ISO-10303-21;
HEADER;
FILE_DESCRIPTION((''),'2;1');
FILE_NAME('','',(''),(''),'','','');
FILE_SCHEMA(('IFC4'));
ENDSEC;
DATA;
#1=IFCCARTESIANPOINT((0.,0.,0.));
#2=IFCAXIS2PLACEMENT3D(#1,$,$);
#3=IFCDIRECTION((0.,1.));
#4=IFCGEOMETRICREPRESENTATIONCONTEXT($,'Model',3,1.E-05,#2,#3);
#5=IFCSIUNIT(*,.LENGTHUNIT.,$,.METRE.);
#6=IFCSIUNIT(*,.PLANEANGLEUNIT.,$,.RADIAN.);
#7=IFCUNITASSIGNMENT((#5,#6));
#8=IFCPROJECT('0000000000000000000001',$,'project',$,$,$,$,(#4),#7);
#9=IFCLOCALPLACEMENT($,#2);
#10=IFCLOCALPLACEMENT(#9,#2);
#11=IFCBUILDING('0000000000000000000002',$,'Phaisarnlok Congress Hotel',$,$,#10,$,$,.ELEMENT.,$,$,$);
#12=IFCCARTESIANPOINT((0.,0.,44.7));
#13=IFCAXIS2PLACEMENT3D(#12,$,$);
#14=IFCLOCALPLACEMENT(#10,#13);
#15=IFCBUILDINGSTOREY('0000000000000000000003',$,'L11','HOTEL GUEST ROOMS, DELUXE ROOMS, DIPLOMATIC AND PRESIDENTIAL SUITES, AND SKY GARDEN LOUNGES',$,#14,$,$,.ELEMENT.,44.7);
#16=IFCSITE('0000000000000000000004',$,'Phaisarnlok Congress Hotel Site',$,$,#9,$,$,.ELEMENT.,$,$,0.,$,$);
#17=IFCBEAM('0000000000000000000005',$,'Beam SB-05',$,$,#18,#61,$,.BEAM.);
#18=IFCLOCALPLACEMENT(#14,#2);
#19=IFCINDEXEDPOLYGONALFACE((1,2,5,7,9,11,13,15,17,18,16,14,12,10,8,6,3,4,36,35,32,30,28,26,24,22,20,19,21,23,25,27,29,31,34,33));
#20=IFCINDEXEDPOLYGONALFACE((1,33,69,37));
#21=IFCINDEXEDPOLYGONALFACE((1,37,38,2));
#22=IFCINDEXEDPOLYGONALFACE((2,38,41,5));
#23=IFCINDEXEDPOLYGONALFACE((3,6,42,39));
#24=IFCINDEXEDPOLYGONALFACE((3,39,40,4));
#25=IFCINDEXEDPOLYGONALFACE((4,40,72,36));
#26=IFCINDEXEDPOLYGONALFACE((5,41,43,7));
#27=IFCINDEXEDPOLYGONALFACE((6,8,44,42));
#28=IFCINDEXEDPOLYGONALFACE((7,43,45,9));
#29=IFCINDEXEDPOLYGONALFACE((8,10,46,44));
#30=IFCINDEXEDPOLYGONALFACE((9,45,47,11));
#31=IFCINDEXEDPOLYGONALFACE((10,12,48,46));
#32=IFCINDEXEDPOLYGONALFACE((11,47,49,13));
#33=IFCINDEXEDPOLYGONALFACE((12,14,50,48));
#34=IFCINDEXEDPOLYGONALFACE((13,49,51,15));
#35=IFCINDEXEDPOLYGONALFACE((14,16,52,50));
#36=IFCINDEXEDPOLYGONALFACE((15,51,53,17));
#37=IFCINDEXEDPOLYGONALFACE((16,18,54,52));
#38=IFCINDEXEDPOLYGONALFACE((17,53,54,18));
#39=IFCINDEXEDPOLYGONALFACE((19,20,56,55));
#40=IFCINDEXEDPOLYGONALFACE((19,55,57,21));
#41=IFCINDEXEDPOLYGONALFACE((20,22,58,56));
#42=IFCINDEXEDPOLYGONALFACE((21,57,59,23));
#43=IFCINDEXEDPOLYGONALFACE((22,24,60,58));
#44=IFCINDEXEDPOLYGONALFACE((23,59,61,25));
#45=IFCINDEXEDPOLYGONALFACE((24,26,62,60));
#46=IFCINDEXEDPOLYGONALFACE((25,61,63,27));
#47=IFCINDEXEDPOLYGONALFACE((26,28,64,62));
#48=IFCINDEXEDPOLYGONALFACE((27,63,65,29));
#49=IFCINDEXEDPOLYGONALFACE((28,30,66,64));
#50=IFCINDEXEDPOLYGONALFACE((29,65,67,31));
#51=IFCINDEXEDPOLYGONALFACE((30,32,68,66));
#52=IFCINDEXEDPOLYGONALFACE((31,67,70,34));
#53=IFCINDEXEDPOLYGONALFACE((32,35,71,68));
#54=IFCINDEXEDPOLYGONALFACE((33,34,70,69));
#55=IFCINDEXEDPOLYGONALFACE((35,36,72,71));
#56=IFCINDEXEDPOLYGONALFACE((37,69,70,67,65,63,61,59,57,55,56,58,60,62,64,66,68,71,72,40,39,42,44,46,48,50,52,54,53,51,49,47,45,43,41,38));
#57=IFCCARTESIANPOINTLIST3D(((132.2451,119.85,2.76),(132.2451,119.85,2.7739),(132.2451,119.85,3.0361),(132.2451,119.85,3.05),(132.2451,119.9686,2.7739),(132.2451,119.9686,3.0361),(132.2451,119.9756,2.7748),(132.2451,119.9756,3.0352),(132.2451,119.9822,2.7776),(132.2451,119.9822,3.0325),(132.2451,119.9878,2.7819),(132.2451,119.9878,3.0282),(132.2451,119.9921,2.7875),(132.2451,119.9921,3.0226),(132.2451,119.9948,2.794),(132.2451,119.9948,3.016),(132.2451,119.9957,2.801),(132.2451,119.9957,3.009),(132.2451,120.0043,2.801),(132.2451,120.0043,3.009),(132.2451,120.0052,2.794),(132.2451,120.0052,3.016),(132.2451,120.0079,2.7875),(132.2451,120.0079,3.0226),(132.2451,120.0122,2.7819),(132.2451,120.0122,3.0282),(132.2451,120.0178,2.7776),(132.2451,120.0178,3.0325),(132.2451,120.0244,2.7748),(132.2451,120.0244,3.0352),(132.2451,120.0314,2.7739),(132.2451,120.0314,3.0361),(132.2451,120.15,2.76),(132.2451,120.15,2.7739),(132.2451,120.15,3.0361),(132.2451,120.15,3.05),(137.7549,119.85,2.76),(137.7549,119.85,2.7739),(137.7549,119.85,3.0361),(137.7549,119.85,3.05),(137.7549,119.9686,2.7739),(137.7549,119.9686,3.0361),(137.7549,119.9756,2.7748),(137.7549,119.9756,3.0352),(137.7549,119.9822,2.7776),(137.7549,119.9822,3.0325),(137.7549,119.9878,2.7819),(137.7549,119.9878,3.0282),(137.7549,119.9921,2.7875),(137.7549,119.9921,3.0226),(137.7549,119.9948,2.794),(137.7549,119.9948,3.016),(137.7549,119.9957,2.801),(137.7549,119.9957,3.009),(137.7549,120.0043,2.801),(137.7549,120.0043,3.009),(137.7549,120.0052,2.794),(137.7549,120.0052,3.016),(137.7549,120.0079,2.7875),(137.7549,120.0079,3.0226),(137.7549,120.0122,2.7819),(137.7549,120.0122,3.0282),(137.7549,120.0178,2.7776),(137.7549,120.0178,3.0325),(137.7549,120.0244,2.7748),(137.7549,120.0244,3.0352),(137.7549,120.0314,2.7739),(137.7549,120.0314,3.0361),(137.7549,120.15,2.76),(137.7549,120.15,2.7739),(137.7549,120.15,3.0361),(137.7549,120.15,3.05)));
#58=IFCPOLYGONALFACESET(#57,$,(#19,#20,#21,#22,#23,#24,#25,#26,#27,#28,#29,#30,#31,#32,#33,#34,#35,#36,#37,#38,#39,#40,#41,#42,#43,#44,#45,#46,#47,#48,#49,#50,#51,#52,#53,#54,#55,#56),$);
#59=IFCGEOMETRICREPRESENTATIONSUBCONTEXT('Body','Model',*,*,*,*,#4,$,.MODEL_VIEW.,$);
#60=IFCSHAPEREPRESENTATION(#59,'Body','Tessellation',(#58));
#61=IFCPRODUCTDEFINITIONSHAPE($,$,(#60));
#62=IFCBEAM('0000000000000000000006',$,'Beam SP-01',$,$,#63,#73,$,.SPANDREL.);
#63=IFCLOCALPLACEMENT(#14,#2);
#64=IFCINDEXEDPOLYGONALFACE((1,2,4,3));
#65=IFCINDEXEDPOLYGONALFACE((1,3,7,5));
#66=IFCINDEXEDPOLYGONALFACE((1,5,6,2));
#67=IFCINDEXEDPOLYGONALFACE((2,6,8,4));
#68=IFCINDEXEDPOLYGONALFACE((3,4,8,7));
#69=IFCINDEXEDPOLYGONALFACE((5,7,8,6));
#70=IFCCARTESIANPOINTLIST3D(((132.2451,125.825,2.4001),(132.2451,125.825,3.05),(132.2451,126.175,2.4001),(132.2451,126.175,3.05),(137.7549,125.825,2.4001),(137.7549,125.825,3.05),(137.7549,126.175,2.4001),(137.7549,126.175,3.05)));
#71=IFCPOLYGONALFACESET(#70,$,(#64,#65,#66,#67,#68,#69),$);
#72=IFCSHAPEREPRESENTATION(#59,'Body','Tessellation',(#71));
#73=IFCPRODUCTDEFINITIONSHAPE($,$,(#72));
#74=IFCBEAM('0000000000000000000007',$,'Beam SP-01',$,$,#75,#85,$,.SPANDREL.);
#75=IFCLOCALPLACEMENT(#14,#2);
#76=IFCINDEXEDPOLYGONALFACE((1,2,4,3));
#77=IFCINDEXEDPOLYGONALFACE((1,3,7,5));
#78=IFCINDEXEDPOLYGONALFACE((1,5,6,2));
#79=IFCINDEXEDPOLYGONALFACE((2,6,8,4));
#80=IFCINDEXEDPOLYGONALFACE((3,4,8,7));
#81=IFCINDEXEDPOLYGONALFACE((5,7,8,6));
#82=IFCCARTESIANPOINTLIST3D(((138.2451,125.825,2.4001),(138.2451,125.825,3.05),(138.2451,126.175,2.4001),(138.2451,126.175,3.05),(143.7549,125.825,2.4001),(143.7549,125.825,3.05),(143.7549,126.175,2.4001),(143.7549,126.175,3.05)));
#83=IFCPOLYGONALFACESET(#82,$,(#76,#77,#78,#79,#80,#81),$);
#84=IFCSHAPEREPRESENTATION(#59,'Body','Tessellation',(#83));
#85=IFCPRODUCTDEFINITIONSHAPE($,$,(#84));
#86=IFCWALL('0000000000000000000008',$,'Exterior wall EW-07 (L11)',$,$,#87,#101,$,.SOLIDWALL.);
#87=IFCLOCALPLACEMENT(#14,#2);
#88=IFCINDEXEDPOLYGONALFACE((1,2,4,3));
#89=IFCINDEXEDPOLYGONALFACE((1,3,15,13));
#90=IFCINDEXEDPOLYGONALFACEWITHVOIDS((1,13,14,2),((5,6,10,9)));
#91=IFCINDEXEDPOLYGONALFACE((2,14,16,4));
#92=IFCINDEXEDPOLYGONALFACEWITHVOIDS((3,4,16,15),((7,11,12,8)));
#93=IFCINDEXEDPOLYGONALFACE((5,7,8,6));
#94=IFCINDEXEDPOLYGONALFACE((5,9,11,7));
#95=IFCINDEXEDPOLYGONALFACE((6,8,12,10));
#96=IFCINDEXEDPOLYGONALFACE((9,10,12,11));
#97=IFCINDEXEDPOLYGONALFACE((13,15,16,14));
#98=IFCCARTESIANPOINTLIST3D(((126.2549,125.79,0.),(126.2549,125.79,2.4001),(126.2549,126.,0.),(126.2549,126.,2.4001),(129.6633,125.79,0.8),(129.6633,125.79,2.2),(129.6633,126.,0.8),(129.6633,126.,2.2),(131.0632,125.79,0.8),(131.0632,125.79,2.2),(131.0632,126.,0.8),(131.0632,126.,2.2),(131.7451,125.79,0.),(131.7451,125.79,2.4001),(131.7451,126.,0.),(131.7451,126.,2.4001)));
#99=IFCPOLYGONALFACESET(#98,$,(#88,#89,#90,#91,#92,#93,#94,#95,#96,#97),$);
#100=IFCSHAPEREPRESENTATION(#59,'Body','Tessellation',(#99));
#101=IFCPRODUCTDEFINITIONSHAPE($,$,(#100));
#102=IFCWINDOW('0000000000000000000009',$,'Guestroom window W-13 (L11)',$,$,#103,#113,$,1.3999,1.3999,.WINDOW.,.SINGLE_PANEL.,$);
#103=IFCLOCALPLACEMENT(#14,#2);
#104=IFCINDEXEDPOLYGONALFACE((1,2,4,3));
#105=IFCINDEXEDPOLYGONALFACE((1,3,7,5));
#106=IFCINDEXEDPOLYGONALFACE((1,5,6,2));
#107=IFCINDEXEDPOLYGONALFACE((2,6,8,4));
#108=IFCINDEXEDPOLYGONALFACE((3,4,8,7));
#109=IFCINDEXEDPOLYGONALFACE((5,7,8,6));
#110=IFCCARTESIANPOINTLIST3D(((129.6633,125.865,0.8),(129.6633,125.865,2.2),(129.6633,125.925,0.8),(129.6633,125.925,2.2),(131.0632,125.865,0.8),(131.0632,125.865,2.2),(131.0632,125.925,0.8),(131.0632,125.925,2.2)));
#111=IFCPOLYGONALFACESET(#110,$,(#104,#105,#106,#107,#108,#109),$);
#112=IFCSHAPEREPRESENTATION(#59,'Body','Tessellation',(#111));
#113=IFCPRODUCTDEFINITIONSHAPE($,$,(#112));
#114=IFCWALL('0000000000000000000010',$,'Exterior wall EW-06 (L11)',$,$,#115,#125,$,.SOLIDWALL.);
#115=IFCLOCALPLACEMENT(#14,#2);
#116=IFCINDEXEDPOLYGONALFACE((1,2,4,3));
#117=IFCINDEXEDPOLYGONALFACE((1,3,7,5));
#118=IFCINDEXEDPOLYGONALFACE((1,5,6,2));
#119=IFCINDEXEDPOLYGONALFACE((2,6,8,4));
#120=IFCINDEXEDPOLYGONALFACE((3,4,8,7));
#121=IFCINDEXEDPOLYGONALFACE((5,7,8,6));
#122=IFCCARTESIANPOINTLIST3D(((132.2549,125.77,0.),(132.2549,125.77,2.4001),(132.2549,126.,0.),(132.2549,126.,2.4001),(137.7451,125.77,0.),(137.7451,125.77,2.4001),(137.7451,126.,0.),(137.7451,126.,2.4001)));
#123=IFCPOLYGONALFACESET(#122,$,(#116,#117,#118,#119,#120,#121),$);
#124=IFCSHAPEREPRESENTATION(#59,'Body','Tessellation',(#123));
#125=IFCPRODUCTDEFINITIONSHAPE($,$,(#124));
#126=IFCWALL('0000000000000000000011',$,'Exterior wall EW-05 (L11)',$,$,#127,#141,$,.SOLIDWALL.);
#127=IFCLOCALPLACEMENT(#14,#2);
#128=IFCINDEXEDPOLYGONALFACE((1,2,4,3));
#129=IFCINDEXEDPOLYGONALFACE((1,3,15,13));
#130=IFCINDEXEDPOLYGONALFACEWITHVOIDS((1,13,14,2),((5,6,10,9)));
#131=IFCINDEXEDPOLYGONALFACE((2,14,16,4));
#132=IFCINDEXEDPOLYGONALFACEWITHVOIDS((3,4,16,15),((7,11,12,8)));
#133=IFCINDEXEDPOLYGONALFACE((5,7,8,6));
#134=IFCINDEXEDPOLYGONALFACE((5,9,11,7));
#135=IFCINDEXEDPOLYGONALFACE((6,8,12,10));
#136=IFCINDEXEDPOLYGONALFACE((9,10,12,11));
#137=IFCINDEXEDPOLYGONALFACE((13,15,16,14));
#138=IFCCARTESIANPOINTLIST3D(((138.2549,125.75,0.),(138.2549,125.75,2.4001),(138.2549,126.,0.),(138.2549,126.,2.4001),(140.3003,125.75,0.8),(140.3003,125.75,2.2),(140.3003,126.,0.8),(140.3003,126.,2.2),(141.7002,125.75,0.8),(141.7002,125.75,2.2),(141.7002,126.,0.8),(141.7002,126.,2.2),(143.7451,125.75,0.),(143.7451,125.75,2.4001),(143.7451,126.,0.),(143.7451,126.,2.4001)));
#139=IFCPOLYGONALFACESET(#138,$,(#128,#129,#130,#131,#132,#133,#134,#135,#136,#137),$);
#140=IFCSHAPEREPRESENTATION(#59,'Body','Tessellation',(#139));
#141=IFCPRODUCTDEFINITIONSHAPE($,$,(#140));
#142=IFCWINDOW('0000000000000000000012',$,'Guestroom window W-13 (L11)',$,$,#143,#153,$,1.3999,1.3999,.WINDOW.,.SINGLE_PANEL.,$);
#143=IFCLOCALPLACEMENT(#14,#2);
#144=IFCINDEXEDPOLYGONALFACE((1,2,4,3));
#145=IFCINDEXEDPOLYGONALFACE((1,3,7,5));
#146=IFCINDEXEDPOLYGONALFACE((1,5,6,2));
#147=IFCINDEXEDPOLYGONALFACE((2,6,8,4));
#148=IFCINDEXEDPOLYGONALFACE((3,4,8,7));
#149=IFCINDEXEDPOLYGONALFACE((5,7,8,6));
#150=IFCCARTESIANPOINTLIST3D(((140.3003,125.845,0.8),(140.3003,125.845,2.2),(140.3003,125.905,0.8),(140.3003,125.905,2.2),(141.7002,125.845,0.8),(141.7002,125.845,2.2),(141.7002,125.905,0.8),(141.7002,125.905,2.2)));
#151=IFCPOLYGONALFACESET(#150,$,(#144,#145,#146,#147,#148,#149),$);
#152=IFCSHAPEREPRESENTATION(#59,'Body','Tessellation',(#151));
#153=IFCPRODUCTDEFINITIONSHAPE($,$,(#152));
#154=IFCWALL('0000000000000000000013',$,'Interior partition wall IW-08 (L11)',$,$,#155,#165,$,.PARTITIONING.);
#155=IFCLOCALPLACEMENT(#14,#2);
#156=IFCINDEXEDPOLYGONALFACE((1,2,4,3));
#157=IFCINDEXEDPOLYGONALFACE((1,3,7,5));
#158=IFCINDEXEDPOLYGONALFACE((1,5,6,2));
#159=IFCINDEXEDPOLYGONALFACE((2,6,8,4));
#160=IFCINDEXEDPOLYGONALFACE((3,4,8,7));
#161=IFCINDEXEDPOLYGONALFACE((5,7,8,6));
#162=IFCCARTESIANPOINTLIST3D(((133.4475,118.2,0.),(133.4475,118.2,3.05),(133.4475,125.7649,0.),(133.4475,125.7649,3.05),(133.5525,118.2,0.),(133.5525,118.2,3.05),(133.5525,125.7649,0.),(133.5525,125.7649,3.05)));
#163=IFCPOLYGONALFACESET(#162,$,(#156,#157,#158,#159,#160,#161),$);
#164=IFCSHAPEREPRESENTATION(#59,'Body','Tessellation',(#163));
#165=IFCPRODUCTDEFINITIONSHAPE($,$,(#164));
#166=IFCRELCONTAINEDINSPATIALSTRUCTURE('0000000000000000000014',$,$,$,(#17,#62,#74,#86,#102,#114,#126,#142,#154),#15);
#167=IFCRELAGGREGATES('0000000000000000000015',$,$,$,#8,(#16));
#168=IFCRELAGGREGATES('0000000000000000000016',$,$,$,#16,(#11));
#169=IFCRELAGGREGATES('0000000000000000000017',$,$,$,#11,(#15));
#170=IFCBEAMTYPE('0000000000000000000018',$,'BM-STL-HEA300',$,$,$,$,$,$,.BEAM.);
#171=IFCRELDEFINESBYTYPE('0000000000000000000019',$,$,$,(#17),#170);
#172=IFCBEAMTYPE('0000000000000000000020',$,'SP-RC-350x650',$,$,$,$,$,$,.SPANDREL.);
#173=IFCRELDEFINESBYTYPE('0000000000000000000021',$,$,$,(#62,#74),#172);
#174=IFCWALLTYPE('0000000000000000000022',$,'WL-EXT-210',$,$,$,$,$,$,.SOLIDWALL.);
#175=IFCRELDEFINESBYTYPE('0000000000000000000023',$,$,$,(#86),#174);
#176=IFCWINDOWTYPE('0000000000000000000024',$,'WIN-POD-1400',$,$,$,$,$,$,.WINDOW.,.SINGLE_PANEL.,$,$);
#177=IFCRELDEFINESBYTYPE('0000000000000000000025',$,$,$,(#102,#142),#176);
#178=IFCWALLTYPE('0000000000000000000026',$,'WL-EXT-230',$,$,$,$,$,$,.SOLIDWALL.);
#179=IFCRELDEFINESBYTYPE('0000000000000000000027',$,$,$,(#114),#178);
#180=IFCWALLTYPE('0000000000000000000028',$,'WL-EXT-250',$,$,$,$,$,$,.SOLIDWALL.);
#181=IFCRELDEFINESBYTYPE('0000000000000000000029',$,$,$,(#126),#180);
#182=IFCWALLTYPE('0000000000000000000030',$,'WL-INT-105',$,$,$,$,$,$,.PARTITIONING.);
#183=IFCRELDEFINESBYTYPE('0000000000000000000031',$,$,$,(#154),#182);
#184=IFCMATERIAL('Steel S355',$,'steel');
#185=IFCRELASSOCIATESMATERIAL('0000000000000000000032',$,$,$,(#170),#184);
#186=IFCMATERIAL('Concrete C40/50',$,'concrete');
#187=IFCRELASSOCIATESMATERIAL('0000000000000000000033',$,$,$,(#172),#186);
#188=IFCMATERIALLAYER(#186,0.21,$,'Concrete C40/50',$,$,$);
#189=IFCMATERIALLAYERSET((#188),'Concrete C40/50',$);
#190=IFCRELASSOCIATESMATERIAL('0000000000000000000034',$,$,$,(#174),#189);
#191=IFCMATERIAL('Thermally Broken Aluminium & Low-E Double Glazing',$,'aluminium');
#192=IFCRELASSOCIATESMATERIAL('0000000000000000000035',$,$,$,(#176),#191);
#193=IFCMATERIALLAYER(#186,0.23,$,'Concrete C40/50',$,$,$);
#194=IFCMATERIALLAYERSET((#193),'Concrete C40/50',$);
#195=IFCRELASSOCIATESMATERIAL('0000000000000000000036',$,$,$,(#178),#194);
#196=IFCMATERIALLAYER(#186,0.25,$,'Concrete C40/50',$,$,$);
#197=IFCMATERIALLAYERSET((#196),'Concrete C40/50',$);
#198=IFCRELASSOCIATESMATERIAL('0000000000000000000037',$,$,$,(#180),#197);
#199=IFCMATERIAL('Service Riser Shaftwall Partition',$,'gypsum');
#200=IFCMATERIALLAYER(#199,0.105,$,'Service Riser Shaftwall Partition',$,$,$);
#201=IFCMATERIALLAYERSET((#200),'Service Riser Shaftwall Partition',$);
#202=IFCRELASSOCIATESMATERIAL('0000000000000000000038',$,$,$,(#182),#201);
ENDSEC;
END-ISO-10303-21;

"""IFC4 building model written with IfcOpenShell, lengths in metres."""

from ifc_helpers import new_model, si_unit, direction, frame, frame_2d, origin, origin_2d, place, context, subcontext, project, spatial, rectangle, i_section, extrude, material, layer, layer_set, material_profile, profile_set, type_object, element, fill, save


model = new_model("IFC4")

# Units and contexts
model_context = context("Model", 3, precision=1e-05, world=origin(), true_north=direction((0.0, 1.0)))
body_context = subcontext(model_context, "Body", "Model", "MODEL_VIEW")
ifc_project = project(units=[si_unit("LENGTHUNIT", "METRE"), si_unit("PLANEANGLEUNIT", "RADIAN")], contexts=[model_context])

# Site, building, storey
site_placement = place(None, origin())
site = spatial("IfcSite", under=ifc_project, at=site_placement, Name="Phaisarnlok Congress Hotel Site", CompositionType="ELEMENT", RefElevation=0.0)
building_placement = place(site_placement, origin())
building = spatial("IfcBuilding", under=site, at=building_placement, Name="Phaisarnlok Congress Hotel", CompositionType="ELEMENT")
storey_placement = place(building_placement, frame((0.0, 0.0, 44.7)))
storey = spatial("IfcBuildingStorey", under=building, at=storey_placement, Name="L11", Description="HOTEL GUEST ROOMS, DELUXE ROOMS, DIPLOMATIC AND PRESIDENTIAL SUITES, AND SKY GARDEN LOUNGES", CompositionType="ELEMENT", Elevation=44.7)

# Beams
ifc_material_1 = material(Name="Concrete C40/50", Category="concrete")
ifc_material_2 = material(Name="Steel S355", Category="steel")
ifc_material_profile_1 = material_profile(ifc_material_2, i_section(OverallWidth=0.3, OverallDepth=0.29, WebThickness=0.0085, FlangeThickness=0.0139, FilletRadius=0.0271, at=origin_2d()), Name="HEA 300")
ifc_profile_set_1 = profile_set([ifc_material_profile_1], Name="Steel S355")
beam_type_1 = type_object("IfcBeamType", Name="BM-STL-HEA300", PredefinedType="BEAM", material=ifc_profile_set_1)
beam_placement = place(storey_placement, frame((132.2451, 120.0, 2.905), z_axis=(1.0, 0.0, 0.0), x_axis=(0.0, 1.0, 0.0)))
element("IfcBeam", 1, at=beam_placement, inside=storey, type_object=beam_type_1, Name="Beam SB-05", PredefinedType="BEAM", context=body_context, shape_type="SweptSolid", body=[
    extrude(i_section(OverallWidth=0.3, OverallDepth=0.29, WebThickness=0.0085, FlangeThickness=0.0139, FilletRadius=0.0271, at=origin_2d()), origin(), (0.0, 0.0, 1.0), 5.5098),
])
ifc_material_profile_2 = material_profile(ifc_material_1, rectangle(XDim=0.3501, YDim=0.6499, at=origin_2d()), Name="RC 350x650")
ifc_profile_set_2 = profile_set([ifc_material_profile_2], Name="Concrete C40/50")
beam_type_2 = type_object("IfcBeamType", Name="SP-RC-350x650", PredefinedType="SPANDREL", material=ifc_profile_set_2)
for number, where, z_axis, x_axis, name in (
    (2, (132.2451, 126.0, 2.7251), (1.0, 0.0, 0.0), (0.0, 1.0, 0.0), "Beam SP-01"),
    (3, (138.2451, 126.0, 2.7251), (1.0, 0.0, 0.0), (0.0, 1.0, 0.0), "Beam SP-01"),
):
    element("IfcBeam", number, at=place(storey_placement, frame(where, z_axis=z_axis, x_axis=x_axis)), inside=storey, type_object=beam_type_2, Name=name, PredefinedType="SPANDREL", context=body_context, shape_type="SweptSolid", body=[
        extrude(rectangle(XDim=0.3501, YDim=0.6499, at=origin_2d()), origin(), (0.0, 0.0, 1.0), 5.5098),
    ])

# Wall, opening, window
ifc_layer_1 = layer(ifc_material_1, 0.21, Name="Concrete C40/50")
ifc_layer_set_1 = layer_set([ifc_layer_1], Name="Concrete C40/50")
wall_type_1 = type_object("IfcWallType", Name="WL-EXT-210", PredefinedType="SOLIDWALL", material=ifc_layer_set_1)
wall_1_placement = place(storey_placement, frame((131.7451, 125.895, 0.0), z_axis=(0.0, 0.0, 1.0), x_axis=(-1.0, 0.0, 0.0)))
wall_1 = element("IfcWall", 4, at=wall_1_placement, inside=storey, type_object=wall_type_1, Name="Exterior wall EW-07 (L11)", PredefinedType="SOLIDWALL", context=body_context, shape_type="SweptSolid", body=[
    extrude(rectangle(XDim=5.4902, YDim=0.21, at=frame_2d((2.7451, 0.0))), origin(), (0.0, 0.0, 1.0), 2.4001),
])
opening_1_placement = place(wall_1_placement, frame((0.6819, 0.0, 0.8)))
opening_1 = element("IfcOpeningElement", 5, at=opening_1_placement, cuts=wall_1, PredefinedType="OPENING", context=body_context, shape_type="SweptSolid", body=[
    extrude(rectangle(XDim=1.3999, YDim=1.3999, at=frame_2d((0.7, 0.7))), frame((0.0, 0.115, 0.0), z_axis=(0.0, -1.0, 0.0), x_axis=(1.0, 0.0, 0.0)), (0.0, 0.0, 1.0), 0.23),
])
ifc_material_3 = material(Name="Thermally Broken Aluminium & Low-E Double Glazing", Category="aluminium")
window_type = type_object("IfcWindowType", Name="WIN-POD-1400", PartitioningType="SINGLE_PANEL", PredefinedType="WINDOW", material=ifc_material_3)
window_1_placement = place(opening_1_placement, origin())
window_1 = element("IfcWindow", 6, at=window_1_placement, inside=storey, type_object=window_type, Name="Guestroom window W-13 (L11)", OverallHeight=1.3999, OverallWidth=1.3999, PartitioningType="SINGLE_PANEL", PredefinedType="WINDOW", context=body_context, shape_type="SweptSolid", body=[
    extrude(rectangle(XDim=1.3999, YDim=1.3999, at=frame_2d((0.7, 0.7))), frame((0.0, 0.03, 0.0), z_axis=(0.0, -1.0, 0.0), x_axis=(1.0, 0.0, 0.0)), (0.0, 0.0, 1.0), 0.0601),
])
fill(opening_1, window_1)

# Wall
ifc_layer_2 = layer(ifc_material_1, 0.23, Name="Concrete C40/50")
ifc_layer_set_2 = layer_set([ifc_layer_2], Name="Concrete C40/50")
wall_type_2 = type_object("IfcWallType", Name="WL-EXT-230", PredefinedType="SOLIDWALL", material=ifc_layer_set_2)
wall_2_placement = place(storey_placement, frame((137.7451, 125.885, 0.0), z_axis=(0.0, 0.0, 1.0), x_axis=(-1.0, 0.0, 0.0)))
element("IfcWall", 7, at=wall_2_placement, inside=storey, type_object=wall_type_2, Name="Exterior wall EW-06 (L11)", PredefinedType="SOLIDWALL", context=body_context, shape_type="SweptSolid", body=[
    extrude(rectangle(XDim=5.4902, YDim=0.23, at=frame_2d((2.7451, 0.0))), origin(), (0.0, 0.0, 1.0), 2.4001),
])

# Wall, opening, window
ifc_layer_3 = layer(ifc_material_1, 0.25, Name="Concrete C40/50")
ifc_layer_set_3 = layer_set([ifc_layer_3], Name="Concrete C40/50")
wall_type_3 = type_object("IfcWallType", Name="WL-EXT-250", PredefinedType="SOLIDWALL", material=ifc_layer_set_3)
wall_3_placement = place(storey_placement, frame((143.7451, 125.875, 0.0), z_axis=(0.0, 0.0, 1.0), x_axis=(-1.0, 0.0, 0.0)))
wall_3 = element("IfcWall", 8, at=wall_3_placement, inside=storey, type_object=wall_type_3, Name="Exterior wall EW-05 (L11)", PredefinedType="SOLIDWALL", context=body_context, shape_type="SweptSolid", body=[
    extrude(rectangle(XDim=5.4902, YDim=0.25, at=frame_2d((2.7451, 0.0))), origin(), (0.0, 0.0, 1.0), 2.4001),
])
opening_2_placement = place(wall_3_placement, frame((2.0449, 0.0, 0.8)))
opening_2 = element("IfcOpeningElement", 9, at=opening_2_placement, cuts=wall_3, PredefinedType="OPENING", context=body_context, shape_type="SweptSolid", body=[
    extrude(rectangle(XDim=1.3999, YDim=1.3999, at=frame_2d((0.7, 0.7))), frame((0.0, 0.135, 0.0), z_axis=(0.0, -1.0, 0.0), x_axis=(1.0, 0.0, 0.0)), (0.0, 0.0, 1.0), 0.27),
])
window_2_placement = place(opening_2_placement, origin())
window_2 = element("IfcWindow", 10, at=window_2_placement, inside=storey, type_object=window_type, Name="Guestroom window W-13 (L11)", OverallHeight=1.3999, OverallWidth=1.3999, PartitioningType="SINGLE_PANEL", PredefinedType="WINDOW", context=body_context, shape_type="SweptSolid", body=[
    extrude(rectangle(XDim=1.3999, YDim=1.3999, at=frame_2d((0.7, 0.7))), frame((0.0, 0.03, 0.0), z_axis=(0.0, -1.0, 0.0), x_axis=(1.0, 0.0, 0.0)), (0.0, 0.0, 1.0), 0.0601),
])
fill(opening_2, window_2)

# Wall
ifc_material_4 = material(Name="Service Riser Shaftwall Partition", Category="gypsum")
ifc_layer_4 = layer(ifc_material_4, 0.105, Name="Service Riser Shaftwall Partition")
ifc_layer_set_4 = layer_set([ifc_layer_4], Name="Service Riser Shaftwall Partition")
wall_type_4 = type_object("IfcWallType", Name="WL-INT-105", PredefinedType="PARTITIONING", material=ifc_layer_set_4)
wall_4_placement = place(storey_placement, frame((133.5, 118.2, 0.0), z_axis=(0.0, 0.0, 1.0), x_axis=(0.0, 1.0, 0.0)))
element("IfcWall", 11, at=wall_4_placement, inside=storey, type_object=wall_type_4, Name="Interior partition wall IW-08 (L11)", PredefinedType="PARTITIONING", context=body_context, shape_type="SweptSolid", body=[
    extrude(rectangle(XDim=7.5649, YDim=0.105, at=frame_2d((3.7825, 0.0))), origin(), (0.0, 0.0, 1.0), 3.05),
])

save(model, "model.ifc")
